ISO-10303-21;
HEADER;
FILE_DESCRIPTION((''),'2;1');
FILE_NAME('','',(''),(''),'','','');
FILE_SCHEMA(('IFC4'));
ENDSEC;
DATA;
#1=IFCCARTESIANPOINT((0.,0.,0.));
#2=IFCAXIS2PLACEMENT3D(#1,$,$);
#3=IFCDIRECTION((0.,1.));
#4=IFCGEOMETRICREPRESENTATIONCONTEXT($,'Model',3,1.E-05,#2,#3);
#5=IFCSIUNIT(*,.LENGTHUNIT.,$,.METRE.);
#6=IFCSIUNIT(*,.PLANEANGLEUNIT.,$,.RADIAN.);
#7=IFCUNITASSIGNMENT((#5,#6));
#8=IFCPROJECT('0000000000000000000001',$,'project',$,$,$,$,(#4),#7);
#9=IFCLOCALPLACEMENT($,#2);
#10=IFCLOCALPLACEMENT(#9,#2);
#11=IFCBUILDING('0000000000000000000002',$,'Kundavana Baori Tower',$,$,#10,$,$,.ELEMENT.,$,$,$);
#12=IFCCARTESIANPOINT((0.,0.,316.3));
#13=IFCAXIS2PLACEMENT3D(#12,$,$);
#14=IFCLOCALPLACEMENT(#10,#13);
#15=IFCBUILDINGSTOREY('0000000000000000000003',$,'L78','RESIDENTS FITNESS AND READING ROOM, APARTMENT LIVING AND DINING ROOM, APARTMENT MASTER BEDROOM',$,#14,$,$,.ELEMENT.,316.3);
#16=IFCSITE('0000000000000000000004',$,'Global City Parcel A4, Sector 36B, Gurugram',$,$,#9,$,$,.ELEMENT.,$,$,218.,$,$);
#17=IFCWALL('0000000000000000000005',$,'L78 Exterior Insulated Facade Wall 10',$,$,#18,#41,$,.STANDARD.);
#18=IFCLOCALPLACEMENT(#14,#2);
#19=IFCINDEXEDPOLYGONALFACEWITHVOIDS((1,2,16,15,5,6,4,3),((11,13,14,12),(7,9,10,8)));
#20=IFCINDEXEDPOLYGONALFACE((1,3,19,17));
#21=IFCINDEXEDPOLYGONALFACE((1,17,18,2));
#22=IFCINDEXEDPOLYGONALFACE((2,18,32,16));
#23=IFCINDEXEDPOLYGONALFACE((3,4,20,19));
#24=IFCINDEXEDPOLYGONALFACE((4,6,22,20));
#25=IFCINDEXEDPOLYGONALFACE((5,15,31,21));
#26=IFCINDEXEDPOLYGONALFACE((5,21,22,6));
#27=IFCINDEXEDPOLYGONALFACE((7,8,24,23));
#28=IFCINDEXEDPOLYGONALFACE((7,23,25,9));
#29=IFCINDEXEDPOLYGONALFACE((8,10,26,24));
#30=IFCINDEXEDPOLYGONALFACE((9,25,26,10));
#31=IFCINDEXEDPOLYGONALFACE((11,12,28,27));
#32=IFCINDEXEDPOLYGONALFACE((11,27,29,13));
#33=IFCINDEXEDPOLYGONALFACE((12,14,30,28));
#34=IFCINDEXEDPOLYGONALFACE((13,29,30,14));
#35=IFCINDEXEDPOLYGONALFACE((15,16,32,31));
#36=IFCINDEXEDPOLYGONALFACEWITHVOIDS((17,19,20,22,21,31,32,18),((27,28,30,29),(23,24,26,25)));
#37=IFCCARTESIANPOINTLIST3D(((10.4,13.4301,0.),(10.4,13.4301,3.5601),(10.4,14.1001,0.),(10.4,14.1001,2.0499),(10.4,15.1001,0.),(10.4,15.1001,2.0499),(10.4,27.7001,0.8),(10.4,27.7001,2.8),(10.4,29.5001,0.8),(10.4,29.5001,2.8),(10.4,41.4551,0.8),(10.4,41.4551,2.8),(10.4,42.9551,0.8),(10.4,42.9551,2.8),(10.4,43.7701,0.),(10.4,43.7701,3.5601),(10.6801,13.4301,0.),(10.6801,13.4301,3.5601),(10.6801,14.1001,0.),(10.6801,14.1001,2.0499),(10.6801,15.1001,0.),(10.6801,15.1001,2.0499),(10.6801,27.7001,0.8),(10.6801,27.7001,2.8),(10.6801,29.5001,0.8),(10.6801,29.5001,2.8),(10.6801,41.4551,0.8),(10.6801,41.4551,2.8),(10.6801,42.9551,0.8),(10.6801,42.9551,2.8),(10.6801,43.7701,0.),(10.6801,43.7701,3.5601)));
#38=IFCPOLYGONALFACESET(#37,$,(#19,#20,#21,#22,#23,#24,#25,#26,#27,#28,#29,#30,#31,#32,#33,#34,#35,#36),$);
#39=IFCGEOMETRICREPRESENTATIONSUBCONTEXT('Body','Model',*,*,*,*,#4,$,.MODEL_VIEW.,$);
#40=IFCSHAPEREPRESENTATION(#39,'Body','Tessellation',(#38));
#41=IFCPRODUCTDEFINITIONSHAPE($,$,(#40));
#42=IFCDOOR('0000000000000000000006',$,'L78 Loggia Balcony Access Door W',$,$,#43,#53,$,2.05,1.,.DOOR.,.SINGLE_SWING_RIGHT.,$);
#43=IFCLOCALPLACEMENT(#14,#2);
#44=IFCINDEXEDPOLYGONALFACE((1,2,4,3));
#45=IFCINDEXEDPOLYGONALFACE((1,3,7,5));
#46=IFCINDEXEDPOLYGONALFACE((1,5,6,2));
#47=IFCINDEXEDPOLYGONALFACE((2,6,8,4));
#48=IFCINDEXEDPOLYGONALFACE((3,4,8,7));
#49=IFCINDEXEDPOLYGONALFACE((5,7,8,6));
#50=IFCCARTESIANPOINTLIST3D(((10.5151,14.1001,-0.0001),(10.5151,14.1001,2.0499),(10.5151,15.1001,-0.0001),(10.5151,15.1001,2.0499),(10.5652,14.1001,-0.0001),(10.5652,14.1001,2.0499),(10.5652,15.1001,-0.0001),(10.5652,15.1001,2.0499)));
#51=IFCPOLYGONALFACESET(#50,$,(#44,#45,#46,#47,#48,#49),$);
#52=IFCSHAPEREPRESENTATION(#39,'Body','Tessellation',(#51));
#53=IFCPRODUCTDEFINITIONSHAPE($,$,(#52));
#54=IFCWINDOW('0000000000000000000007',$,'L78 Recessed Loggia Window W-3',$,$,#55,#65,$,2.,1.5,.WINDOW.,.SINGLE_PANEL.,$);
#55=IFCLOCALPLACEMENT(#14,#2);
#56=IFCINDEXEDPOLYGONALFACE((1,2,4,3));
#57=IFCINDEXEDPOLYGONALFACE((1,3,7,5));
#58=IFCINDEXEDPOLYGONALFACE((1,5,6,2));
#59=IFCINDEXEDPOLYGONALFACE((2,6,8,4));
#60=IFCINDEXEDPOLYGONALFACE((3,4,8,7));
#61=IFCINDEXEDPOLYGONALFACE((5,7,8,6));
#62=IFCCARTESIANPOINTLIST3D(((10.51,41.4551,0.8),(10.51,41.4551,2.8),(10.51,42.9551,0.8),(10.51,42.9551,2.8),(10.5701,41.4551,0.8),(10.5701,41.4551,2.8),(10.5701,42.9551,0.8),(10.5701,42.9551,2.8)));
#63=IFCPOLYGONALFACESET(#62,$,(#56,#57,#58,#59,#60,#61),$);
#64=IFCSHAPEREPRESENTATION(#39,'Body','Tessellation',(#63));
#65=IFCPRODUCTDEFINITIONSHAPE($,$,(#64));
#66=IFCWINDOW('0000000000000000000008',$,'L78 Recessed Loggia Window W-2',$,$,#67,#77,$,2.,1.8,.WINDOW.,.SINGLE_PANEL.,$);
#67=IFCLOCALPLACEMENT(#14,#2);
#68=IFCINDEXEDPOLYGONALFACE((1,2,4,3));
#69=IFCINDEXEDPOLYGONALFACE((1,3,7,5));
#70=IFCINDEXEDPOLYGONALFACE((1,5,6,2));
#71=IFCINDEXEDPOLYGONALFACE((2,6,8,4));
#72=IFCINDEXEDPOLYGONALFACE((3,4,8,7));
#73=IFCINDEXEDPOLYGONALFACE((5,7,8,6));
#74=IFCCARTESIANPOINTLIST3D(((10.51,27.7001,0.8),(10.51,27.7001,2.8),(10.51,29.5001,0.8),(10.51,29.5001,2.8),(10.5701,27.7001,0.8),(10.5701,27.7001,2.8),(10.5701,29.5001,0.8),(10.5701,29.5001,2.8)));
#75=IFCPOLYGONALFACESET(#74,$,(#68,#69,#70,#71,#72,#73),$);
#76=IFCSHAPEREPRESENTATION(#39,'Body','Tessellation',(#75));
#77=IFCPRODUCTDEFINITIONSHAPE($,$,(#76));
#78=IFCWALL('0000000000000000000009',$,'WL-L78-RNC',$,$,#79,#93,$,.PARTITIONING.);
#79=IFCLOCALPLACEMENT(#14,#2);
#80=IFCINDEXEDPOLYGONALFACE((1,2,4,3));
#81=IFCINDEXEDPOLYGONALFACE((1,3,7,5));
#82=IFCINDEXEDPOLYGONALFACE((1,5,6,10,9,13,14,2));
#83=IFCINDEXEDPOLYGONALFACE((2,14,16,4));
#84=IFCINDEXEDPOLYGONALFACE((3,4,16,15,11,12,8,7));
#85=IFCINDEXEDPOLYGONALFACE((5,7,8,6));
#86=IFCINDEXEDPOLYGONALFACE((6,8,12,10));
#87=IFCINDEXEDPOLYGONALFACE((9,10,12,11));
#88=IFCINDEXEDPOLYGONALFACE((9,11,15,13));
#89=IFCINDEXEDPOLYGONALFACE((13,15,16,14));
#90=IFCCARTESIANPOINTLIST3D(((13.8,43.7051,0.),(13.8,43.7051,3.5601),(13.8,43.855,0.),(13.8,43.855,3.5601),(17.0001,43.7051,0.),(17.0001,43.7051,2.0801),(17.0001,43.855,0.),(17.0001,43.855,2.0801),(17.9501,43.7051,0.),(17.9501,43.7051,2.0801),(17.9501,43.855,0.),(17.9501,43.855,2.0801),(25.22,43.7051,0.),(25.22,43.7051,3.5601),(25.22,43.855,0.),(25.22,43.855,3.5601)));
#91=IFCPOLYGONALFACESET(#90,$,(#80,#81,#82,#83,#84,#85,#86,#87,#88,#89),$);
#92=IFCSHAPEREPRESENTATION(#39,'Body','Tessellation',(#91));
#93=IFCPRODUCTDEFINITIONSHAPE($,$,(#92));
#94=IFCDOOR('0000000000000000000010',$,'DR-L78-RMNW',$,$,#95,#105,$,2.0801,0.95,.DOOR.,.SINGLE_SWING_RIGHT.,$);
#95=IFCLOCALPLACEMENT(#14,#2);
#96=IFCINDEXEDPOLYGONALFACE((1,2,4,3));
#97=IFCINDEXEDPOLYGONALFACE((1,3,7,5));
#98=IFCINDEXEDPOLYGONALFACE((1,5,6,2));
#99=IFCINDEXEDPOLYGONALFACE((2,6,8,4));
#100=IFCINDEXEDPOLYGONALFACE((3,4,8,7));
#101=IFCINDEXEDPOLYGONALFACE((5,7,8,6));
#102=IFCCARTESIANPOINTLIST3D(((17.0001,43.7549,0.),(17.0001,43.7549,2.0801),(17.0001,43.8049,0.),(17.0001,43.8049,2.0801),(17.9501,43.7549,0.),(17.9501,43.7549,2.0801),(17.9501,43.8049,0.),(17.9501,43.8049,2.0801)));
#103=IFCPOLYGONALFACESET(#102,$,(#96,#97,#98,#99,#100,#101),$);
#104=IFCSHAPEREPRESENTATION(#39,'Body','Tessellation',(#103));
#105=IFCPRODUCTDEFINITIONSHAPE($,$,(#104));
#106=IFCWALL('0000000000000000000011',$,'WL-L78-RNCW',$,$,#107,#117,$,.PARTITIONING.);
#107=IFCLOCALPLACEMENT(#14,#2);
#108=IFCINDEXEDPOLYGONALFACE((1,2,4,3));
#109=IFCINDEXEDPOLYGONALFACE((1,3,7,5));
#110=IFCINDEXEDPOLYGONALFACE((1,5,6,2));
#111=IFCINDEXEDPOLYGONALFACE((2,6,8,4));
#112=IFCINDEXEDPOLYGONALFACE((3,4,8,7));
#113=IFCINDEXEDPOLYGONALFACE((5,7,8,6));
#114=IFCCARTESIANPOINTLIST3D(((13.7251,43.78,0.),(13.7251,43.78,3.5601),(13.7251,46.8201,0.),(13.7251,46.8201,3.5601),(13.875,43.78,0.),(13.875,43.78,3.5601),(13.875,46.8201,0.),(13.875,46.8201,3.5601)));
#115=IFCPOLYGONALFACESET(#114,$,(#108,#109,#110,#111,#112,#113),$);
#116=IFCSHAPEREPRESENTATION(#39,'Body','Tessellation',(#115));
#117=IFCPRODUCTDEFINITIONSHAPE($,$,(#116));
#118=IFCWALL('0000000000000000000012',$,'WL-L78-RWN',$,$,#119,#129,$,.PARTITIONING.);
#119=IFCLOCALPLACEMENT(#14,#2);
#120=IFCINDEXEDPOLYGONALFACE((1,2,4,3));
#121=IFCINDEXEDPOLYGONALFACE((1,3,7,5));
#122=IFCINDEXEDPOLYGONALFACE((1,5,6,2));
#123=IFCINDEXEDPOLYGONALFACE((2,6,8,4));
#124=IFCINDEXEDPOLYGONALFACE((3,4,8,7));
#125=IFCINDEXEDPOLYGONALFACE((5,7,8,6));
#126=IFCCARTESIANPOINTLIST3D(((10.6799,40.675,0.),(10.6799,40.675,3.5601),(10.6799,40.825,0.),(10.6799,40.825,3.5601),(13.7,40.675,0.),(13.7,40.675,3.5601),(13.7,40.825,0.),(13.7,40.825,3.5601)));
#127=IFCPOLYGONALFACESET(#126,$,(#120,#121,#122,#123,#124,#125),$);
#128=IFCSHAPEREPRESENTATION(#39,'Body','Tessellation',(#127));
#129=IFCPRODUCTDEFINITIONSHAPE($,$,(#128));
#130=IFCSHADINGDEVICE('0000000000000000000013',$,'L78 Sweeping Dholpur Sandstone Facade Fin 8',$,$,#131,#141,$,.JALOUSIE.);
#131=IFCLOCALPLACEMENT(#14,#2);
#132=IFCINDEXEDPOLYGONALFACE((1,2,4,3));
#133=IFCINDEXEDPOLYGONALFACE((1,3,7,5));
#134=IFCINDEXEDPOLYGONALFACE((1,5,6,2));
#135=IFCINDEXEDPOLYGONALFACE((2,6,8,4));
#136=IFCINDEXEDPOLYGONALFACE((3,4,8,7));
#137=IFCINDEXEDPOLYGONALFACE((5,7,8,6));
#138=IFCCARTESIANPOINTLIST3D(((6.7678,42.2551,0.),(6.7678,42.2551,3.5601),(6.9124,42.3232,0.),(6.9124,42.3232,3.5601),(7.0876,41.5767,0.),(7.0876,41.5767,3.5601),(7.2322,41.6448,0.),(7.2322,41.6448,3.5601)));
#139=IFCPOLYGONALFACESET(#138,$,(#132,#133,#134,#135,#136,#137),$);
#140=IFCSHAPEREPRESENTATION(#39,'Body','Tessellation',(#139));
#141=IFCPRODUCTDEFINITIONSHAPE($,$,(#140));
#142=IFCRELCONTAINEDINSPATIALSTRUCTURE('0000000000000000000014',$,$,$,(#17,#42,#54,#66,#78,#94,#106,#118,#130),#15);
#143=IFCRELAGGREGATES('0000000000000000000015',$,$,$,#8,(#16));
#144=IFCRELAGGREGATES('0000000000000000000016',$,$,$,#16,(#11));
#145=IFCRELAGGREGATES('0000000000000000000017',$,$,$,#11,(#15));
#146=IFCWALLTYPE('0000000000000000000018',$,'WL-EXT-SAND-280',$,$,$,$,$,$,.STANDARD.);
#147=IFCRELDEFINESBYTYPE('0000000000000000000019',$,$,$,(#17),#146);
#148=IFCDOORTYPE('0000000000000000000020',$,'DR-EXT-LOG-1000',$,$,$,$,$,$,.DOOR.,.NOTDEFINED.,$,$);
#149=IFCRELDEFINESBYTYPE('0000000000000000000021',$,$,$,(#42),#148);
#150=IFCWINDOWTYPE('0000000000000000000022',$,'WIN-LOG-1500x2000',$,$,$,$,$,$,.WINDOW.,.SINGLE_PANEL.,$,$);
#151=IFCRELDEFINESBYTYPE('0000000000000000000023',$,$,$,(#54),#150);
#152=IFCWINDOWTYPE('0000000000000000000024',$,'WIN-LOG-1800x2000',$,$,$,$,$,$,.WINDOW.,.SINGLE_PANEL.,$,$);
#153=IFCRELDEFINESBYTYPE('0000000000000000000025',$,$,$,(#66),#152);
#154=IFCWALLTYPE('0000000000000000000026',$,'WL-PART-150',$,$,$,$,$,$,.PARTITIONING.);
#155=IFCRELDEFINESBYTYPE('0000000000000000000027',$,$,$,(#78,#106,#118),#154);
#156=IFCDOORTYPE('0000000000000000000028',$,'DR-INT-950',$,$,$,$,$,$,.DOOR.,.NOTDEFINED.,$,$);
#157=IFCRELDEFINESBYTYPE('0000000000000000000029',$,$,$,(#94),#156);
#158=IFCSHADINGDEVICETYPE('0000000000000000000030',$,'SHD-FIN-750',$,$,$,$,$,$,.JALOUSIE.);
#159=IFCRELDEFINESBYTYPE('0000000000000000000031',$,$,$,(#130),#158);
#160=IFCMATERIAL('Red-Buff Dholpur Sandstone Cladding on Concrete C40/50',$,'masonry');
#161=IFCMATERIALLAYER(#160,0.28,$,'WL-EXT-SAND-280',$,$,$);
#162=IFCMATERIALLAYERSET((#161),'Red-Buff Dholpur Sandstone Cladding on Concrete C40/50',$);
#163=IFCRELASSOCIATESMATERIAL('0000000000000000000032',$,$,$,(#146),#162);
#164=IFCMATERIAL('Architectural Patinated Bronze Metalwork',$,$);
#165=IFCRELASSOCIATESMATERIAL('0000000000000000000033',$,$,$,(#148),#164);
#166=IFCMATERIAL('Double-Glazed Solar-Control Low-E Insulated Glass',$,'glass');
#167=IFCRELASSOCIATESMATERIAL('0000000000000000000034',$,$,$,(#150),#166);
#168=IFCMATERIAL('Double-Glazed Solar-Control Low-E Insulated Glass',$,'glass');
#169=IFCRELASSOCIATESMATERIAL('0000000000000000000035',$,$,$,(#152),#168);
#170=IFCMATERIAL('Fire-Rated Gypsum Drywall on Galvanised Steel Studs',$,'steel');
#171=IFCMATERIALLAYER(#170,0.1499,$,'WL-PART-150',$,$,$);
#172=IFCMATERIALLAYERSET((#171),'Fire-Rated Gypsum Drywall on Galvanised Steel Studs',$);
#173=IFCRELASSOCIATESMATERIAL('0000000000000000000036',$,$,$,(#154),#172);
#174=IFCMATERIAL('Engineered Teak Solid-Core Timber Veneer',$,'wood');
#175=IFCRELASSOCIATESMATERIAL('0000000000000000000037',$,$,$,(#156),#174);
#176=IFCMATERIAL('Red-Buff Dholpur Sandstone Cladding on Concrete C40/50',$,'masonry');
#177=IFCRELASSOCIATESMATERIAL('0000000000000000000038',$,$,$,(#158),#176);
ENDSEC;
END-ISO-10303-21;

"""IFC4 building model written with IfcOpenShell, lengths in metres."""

from ifc_helpers import new_model, si_unit, direction, frame, frame_2d, origin, origin_2d, place, context, subcontext, project, spatial, rectangle, extrude, material, layer, layer_set, type_object, element, fill, save


model = new_model("IFC4")

# Units and contexts
model_context = context("Model", 3, precision=1e-05, world=origin(), true_north=direction((0.0, 1.0)))
body_context = subcontext(model_context, "Body", "Model", "MODEL_VIEW")
ifc_project = project(units=[si_unit("LENGTHUNIT", "METRE"), si_unit("PLANEANGLEUNIT", "RADIAN")], contexts=[model_context])

# Site, building, storey
site_placement = place(None, origin())
site = spatial("IfcSite", under=ifc_project, at=site_placement, Name="Global City Parcel A4, Sector 36B, Gurugram", CompositionType="ELEMENT", RefElevation=218.0)
building_placement = place(site_placement, origin())
building = spatial("IfcBuilding", under=site, at=building_placement, Name="Kundavana Baori Tower", CompositionType="ELEMENT")
storey_placement = place(building_placement, frame((0.0, 0.0, 316.3)))
storey = spatial("IfcBuildingStorey", under=building, at=storey_placement, Name="L78", Description="RESIDENTS FITNESS AND READING ROOM, APARTMENT LIVING AND DINING ROOM, APARTMENT MASTER BEDROOM", CompositionType="ELEMENT", Elevation=316.3)

# Shared definitions
ifc_material_1 = material(Name="Red-Buff Dholpur Sandstone Cladding on Concrete C40/50", Category="masonry")
ifc_layer_1 = layer(ifc_material_1, 0.28, Name="WL-EXT-SAND-280")
ifc_layer_set_1 = layer_set([ifc_layer_1], Name="Red-Buff Dholpur Sandstone Cladding on Concrete C40/50")
wall_type_1 = type_object("IfcWallType", Name="WL-EXT-SAND-280", PredefinedType="STANDARD", material=ifc_layer_set_1)

# Wall, openings, door, windows
wall_1_placement = place(storey_placement, frame((10.54, 43.77, 0.0), z_axis=(0.0, 0.0, 1.0), x_axis=(0.0, -1.0, 0.0)))
wall_1 = element("IfcWall", 1, at=wall_1_placement, inside=storey, type_object=wall_type_1, Name="L78 Exterior Insulated Facade Wall 10", PredefinedType="STANDARD", context=body_context, shape_type="SweptSolid", body=[
    extrude(rectangle(XDim=30.3401, YDim=0.28, at=frame_2d((15.1699, 0.0))), origin(), (0.0, 0.0, 1.0), 3.5601),
])
opening_1_placement = place(wall_1_placement, frame((28.6699, 0.0, 0.0)))
opening_1 = element("IfcOpeningElement", 2, at=opening_1_placement, cuts=wall_1, PredefinedType="OPENING", context=body_context, shape_type="SweptSolid", body=[
    extrude(rectangle(XDim=1.0, YDim=2.05, at=frame_2d((0.5, 1.0249))), frame((0.0, 0.1499, 0.0), z_axis=(0.0, -1.0, 0.0), x_axis=(1.0, 0.0, 0.0)), (0.0, 0.0, 1.0), 0.3),
])
opening_2_placement = place(wall_1_placement, frame((14.27, 0.0, 0.8)))
opening_2 = element("IfcOpeningElement", 3, at=opening_2_placement, cuts=wall_1, PredefinedType="OPENING", context=body_context, shape_type="SweptSolid", body=[
    extrude(rectangle(XDim=1.8, YDim=2.0, at=frame_2d((0.8999, 1.0))), frame((0.0, 0.1499, 0.0), z_axis=(0.0, -1.0, 0.0), x_axis=(1.0, 0.0, 0.0)), (0.0, 0.0, 1.0), 0.3),
])
opening_3_placement = place(wall_1_placement, frame((0.8149, 0.0, 0.8)))
opening_3 = element("IfcOpeningElement", 4, at=opening_3_placement, cuts=wall_1, PredefinedType="OPENING", context=body_context, shape_type="SweptSolid", body=[
    extrude(rectangle(XDim=1.5, YDim=2.0, at=frame_2d((0.75, 1.0))), frame((0.0, 0.1499, 0.0), z_axis=(0.0, -1.0, 0.0), x_axis=(1.0, 0.0, 0.0)), (0.0, 0.0, 1.0), 0.3),
])
ifc_material_2 = material(Name="Architectural Patinated Bronze Metalwork")
door_type_1 = type_object("IfcDoorType", Name="DR-EXT-LOG-1000", OperationType="NOTDEFINED", PredefinedType="DOOR", material=ifc_material_2)
door_1_placement = place(opening_1_placement, frame((1.0, 0.0, 0.0), z_axis=(0.0, 0.0, 1.0), x_axis=(-1.0, 0.0, 0.0)))
door_1 = element("IfcDoor", 5, at=door_1_placement, inside=storey, type_object=door_type_1, Name="L78 Loggia Balcony Access Door W", OperationType="SINGLE_SWING_RIGHT", OverallHeight=2.05, OverallWidth=1.0, PredefinedType="DOOR", context=body_context, shape_type="SweptSolid", body=[
    extrude(rectangle(XDim=1.0, YDim=2.05, at=frame_2d((0.5, 1.0249))), frame((0.0, 0.0249, 0.0), z_axis=(0.0, -1.0, 0.0), x_axis=(1.0, 0.0, 0.0)), (0.0, 0.0, 1.0), 0.05),
])
fill(opening_1, door_1)
ifc_material_3 = material(Name="Double-Glazed Solar-Control Low-E Insulated Glass", Category="glass")
window_type_1 = type_object("IfcWindowType", Name="WIN-LOG-1500x2000", PartitioningType="SINGLE_PANEL", PredefinedType="WINDOW", material=ifc_material_3)
window_1_placement = place(opening_3_placement, origin())
window_1 = element("IfcWindow", 6, at=window_1_placement, inside=storey, type_object=window_type_1, Name="L78 Recessed Loggia Window W-3", OverallHeight=2.0, OverallWidth=1.5, PartitioningType="SINGLE_PANEL", PredefinedType="WINDOW", context=body_context, shape_type="SweptSolid", body=[
    extrude(rectangle(XDim=1.5, YDim=2.0, at=frame_2d((0.75, 1.0))), frame((0.0, 0.03, 0.0), z_axis=(0.0, -1.0, 0.0), x_axis=(1.0, 0.0, 0.0)), (0.0, 0.0, 1.0), 0.0601),
])
fill(opening_3, window_1)
ifc_material_4 = material(Name="Double-Glazed Solar-Control Low-E Insulated Glass", Category="glass")
window_type_2 = type_object("IfcWindowType", Name="WIN-LOG-1800x2000", PartitioningType="SINGLE_PANEL", PredefinedType="WINDOW", material=ifc_material_4)
window_2_placement = place(opening_2_placement, origin())
window_2 = element("IfcWindow", 7, at=window_2_placement, inside=storey, type_object=window_type_2, Name="L78 Recessed Loggia Window W-2", OverallHeight=2.0, OverallWidth=1.8, PartitioningType="SINGLE_PANEL", PredefinedType="WINDOW", context=body_context, shape_type="SweptSolid", body=[
    extrude(rectangle(XDim=1.8, YDim=2.0, at=frame_2d((0.8999, 1.0))), frame((0.0, 0.03, 0.0), z_axis=(0.0, -1.0, 0.0), x_axis=(1.0, 0.0, 0.0)), (0.0, 0.0, 1.0), 0.0601),
])
fill(opening_2, window_2)

# Wall, opening, door
ifc_material_5 = material(Name="Fire-Rated Gypsum Drywall on Galvanised Steel Studs", Category="steel")
ifc_layer_2 = layer(ifc_material_5, 0.1499, Name="WL-PART-150")
ifc_layer_set_2 = layer_set([ifc_layer_2], Name="Fire-Rated Gypsum Drywall on Galvanised Steel Studs")
wall_type_2 = type_object("IfcWallType", Name="WL-PART-150", PredefinedType="PARTITIONING", material=ifc_layer_set_2)
wall_2_placement = place(storey_placement, frame((13.8, 43.78, 0.0), z_axis=(0.0, 0.0, 1.0), x_axis=(1.0, 0.0, 0.0)))
wall_2 = element("IfcWall", 8, at=wall_2_placement, inside=storey, type_object=wall_type_2, Name="WL-L78-RNC", PredefinedType="PARTITIONING", context=body_context, shape_type="SweptSolid", body=[
    extrude(rectangle(XDim=11.4199, YDim=0.1499, at=frame_2d((5.71, 0.0))), origin(), (0.0, 0.0, 1.0), 3.5601),
])
opening_4_placement = place(wall_2_placement, frame((3.2, 0.0, 0.0)))
opening_4 = element("IfcOpeningElement", 9, at=opening_4_placement, cuts=wall_2, PredefinedType="OPENING", context=body_context, shape_type="SweptSolid", body=[
    extrude(rectangle(XDim=0.95, YDim=2.0801, at=frame_2d((0.4751, 1.04))), frame((0.0, 0.085, 0.0), z_axis=(0.0, -1.0, 0.0), x_axis=(1.0, 0.0, 0.0)), (0.0, 0.0, 1.0), 0.1699),
])
ifc_material_6 = material(Name="Engineered Teak Solid-Core Timber Veneer", Category="wood")
door_type_2 = type_object("IfcDoorType", Name="DR-INT-950", OperationType="NOTDEFINED", PredefinedType="DOOR", material=ifc_material_6)
door_2_placement = place(opening_4_placement, origin())
door_2 = element("IfcDoor", 10, at=door_2_placement, inside=storey, type_object=door_type_2, Name="DR-L78-RMNW", OperationType="SINGLE_SWING_RIGHT", OverallHeight=2.0801, OverallWidth=0.95, PredefinedType="DOOR", context=body_context, shape_type="SweptSolid", body=[
    extrude(rectangle(XDim=0.95, YDim=2.0801, at=frame_2d((0.4751, 1.04))), frame((0.0, 0.0249, 0.0), z_axis=(0.0, -1.0, 0.0), x_axis=(1.0, 0.0, 0.0)), (0.0, 0.0, 1.0), 0.05),
])
fill(opening_4, door_2)

# Walls
wall_3_placement = place(storey_placement, frame((13.8, 43.78, 0.0), z_axis=(0.0, 0.0, 1.0), x_axis=(0.0, 1.0, 0.0)))
element("IfcWall", 11, at=wall_3_placement, inside=storey, type_object=wall_type_2, Name="WL-L78-RNCW", PredefinedType="PARTITIONING", context=body_context, shape_type="SweptSolid", body=[
    extrude(rectangle(XDim=3.04, YDim=0.1499, at=frame_2d((1.52, 0.0))), origin(), (0.0, 0.0, 1.0), 3.5601),
])
wall_4_placement = place(storey_placement, frame((10.6799, 40.75, 0.0), z_axis=(0.0, 0.0, 1.0), x_axis=(1.0, 0.0, 0.0)))
element("IfcWall", 12, at=wall_4_placement, inside=storey, type_object=wall_type_2, Name="WL-L78-RWN", PredefinedType="PARTITIONING", context=body_context, shape_type="SweptSolid", body=[
    extrude(rectangle(XDim=3.02, YDim=0.1499, at=frame_2d((1.51, 0.0))), origin(), (0.0, 0.0, 1.0), 3.5601),
])

# Shading device
ifc_material_7 = material(Name="Red-Buff Dholpur Sandstone Cladding on Concrete C40/50", Category="masonry")
shading_device_type = type_object("IfcShadingDeviceType", Name="SHD-FIN-750", PredefinedType="JALOUSIE", material=ifc_material_7)
shading_device_placement = place(storey_placement, frame((7.0, 41.95, 0.0), z_axis=(0.0, 0.0, 1.0), x_axis=(0.90453, 0.426411, 0.0)))
element("IfcShadingDevice", 13, at=shading_device_placement, inside=storey, type_object=shading_device_type, Name="L78 Sweeping Dholpur Sandstone Facade Fin 8", PredefinedType="JALOUSIE", context=body_context, shape_type="SweptSolid", body=[
    extrude(rectangle(XDim=0.1599, YDim=0.75, at=origin_2d()), origin(), (0.0, 0.0, 1.0), 3.5601),
])

save(model, "model.ifc")
